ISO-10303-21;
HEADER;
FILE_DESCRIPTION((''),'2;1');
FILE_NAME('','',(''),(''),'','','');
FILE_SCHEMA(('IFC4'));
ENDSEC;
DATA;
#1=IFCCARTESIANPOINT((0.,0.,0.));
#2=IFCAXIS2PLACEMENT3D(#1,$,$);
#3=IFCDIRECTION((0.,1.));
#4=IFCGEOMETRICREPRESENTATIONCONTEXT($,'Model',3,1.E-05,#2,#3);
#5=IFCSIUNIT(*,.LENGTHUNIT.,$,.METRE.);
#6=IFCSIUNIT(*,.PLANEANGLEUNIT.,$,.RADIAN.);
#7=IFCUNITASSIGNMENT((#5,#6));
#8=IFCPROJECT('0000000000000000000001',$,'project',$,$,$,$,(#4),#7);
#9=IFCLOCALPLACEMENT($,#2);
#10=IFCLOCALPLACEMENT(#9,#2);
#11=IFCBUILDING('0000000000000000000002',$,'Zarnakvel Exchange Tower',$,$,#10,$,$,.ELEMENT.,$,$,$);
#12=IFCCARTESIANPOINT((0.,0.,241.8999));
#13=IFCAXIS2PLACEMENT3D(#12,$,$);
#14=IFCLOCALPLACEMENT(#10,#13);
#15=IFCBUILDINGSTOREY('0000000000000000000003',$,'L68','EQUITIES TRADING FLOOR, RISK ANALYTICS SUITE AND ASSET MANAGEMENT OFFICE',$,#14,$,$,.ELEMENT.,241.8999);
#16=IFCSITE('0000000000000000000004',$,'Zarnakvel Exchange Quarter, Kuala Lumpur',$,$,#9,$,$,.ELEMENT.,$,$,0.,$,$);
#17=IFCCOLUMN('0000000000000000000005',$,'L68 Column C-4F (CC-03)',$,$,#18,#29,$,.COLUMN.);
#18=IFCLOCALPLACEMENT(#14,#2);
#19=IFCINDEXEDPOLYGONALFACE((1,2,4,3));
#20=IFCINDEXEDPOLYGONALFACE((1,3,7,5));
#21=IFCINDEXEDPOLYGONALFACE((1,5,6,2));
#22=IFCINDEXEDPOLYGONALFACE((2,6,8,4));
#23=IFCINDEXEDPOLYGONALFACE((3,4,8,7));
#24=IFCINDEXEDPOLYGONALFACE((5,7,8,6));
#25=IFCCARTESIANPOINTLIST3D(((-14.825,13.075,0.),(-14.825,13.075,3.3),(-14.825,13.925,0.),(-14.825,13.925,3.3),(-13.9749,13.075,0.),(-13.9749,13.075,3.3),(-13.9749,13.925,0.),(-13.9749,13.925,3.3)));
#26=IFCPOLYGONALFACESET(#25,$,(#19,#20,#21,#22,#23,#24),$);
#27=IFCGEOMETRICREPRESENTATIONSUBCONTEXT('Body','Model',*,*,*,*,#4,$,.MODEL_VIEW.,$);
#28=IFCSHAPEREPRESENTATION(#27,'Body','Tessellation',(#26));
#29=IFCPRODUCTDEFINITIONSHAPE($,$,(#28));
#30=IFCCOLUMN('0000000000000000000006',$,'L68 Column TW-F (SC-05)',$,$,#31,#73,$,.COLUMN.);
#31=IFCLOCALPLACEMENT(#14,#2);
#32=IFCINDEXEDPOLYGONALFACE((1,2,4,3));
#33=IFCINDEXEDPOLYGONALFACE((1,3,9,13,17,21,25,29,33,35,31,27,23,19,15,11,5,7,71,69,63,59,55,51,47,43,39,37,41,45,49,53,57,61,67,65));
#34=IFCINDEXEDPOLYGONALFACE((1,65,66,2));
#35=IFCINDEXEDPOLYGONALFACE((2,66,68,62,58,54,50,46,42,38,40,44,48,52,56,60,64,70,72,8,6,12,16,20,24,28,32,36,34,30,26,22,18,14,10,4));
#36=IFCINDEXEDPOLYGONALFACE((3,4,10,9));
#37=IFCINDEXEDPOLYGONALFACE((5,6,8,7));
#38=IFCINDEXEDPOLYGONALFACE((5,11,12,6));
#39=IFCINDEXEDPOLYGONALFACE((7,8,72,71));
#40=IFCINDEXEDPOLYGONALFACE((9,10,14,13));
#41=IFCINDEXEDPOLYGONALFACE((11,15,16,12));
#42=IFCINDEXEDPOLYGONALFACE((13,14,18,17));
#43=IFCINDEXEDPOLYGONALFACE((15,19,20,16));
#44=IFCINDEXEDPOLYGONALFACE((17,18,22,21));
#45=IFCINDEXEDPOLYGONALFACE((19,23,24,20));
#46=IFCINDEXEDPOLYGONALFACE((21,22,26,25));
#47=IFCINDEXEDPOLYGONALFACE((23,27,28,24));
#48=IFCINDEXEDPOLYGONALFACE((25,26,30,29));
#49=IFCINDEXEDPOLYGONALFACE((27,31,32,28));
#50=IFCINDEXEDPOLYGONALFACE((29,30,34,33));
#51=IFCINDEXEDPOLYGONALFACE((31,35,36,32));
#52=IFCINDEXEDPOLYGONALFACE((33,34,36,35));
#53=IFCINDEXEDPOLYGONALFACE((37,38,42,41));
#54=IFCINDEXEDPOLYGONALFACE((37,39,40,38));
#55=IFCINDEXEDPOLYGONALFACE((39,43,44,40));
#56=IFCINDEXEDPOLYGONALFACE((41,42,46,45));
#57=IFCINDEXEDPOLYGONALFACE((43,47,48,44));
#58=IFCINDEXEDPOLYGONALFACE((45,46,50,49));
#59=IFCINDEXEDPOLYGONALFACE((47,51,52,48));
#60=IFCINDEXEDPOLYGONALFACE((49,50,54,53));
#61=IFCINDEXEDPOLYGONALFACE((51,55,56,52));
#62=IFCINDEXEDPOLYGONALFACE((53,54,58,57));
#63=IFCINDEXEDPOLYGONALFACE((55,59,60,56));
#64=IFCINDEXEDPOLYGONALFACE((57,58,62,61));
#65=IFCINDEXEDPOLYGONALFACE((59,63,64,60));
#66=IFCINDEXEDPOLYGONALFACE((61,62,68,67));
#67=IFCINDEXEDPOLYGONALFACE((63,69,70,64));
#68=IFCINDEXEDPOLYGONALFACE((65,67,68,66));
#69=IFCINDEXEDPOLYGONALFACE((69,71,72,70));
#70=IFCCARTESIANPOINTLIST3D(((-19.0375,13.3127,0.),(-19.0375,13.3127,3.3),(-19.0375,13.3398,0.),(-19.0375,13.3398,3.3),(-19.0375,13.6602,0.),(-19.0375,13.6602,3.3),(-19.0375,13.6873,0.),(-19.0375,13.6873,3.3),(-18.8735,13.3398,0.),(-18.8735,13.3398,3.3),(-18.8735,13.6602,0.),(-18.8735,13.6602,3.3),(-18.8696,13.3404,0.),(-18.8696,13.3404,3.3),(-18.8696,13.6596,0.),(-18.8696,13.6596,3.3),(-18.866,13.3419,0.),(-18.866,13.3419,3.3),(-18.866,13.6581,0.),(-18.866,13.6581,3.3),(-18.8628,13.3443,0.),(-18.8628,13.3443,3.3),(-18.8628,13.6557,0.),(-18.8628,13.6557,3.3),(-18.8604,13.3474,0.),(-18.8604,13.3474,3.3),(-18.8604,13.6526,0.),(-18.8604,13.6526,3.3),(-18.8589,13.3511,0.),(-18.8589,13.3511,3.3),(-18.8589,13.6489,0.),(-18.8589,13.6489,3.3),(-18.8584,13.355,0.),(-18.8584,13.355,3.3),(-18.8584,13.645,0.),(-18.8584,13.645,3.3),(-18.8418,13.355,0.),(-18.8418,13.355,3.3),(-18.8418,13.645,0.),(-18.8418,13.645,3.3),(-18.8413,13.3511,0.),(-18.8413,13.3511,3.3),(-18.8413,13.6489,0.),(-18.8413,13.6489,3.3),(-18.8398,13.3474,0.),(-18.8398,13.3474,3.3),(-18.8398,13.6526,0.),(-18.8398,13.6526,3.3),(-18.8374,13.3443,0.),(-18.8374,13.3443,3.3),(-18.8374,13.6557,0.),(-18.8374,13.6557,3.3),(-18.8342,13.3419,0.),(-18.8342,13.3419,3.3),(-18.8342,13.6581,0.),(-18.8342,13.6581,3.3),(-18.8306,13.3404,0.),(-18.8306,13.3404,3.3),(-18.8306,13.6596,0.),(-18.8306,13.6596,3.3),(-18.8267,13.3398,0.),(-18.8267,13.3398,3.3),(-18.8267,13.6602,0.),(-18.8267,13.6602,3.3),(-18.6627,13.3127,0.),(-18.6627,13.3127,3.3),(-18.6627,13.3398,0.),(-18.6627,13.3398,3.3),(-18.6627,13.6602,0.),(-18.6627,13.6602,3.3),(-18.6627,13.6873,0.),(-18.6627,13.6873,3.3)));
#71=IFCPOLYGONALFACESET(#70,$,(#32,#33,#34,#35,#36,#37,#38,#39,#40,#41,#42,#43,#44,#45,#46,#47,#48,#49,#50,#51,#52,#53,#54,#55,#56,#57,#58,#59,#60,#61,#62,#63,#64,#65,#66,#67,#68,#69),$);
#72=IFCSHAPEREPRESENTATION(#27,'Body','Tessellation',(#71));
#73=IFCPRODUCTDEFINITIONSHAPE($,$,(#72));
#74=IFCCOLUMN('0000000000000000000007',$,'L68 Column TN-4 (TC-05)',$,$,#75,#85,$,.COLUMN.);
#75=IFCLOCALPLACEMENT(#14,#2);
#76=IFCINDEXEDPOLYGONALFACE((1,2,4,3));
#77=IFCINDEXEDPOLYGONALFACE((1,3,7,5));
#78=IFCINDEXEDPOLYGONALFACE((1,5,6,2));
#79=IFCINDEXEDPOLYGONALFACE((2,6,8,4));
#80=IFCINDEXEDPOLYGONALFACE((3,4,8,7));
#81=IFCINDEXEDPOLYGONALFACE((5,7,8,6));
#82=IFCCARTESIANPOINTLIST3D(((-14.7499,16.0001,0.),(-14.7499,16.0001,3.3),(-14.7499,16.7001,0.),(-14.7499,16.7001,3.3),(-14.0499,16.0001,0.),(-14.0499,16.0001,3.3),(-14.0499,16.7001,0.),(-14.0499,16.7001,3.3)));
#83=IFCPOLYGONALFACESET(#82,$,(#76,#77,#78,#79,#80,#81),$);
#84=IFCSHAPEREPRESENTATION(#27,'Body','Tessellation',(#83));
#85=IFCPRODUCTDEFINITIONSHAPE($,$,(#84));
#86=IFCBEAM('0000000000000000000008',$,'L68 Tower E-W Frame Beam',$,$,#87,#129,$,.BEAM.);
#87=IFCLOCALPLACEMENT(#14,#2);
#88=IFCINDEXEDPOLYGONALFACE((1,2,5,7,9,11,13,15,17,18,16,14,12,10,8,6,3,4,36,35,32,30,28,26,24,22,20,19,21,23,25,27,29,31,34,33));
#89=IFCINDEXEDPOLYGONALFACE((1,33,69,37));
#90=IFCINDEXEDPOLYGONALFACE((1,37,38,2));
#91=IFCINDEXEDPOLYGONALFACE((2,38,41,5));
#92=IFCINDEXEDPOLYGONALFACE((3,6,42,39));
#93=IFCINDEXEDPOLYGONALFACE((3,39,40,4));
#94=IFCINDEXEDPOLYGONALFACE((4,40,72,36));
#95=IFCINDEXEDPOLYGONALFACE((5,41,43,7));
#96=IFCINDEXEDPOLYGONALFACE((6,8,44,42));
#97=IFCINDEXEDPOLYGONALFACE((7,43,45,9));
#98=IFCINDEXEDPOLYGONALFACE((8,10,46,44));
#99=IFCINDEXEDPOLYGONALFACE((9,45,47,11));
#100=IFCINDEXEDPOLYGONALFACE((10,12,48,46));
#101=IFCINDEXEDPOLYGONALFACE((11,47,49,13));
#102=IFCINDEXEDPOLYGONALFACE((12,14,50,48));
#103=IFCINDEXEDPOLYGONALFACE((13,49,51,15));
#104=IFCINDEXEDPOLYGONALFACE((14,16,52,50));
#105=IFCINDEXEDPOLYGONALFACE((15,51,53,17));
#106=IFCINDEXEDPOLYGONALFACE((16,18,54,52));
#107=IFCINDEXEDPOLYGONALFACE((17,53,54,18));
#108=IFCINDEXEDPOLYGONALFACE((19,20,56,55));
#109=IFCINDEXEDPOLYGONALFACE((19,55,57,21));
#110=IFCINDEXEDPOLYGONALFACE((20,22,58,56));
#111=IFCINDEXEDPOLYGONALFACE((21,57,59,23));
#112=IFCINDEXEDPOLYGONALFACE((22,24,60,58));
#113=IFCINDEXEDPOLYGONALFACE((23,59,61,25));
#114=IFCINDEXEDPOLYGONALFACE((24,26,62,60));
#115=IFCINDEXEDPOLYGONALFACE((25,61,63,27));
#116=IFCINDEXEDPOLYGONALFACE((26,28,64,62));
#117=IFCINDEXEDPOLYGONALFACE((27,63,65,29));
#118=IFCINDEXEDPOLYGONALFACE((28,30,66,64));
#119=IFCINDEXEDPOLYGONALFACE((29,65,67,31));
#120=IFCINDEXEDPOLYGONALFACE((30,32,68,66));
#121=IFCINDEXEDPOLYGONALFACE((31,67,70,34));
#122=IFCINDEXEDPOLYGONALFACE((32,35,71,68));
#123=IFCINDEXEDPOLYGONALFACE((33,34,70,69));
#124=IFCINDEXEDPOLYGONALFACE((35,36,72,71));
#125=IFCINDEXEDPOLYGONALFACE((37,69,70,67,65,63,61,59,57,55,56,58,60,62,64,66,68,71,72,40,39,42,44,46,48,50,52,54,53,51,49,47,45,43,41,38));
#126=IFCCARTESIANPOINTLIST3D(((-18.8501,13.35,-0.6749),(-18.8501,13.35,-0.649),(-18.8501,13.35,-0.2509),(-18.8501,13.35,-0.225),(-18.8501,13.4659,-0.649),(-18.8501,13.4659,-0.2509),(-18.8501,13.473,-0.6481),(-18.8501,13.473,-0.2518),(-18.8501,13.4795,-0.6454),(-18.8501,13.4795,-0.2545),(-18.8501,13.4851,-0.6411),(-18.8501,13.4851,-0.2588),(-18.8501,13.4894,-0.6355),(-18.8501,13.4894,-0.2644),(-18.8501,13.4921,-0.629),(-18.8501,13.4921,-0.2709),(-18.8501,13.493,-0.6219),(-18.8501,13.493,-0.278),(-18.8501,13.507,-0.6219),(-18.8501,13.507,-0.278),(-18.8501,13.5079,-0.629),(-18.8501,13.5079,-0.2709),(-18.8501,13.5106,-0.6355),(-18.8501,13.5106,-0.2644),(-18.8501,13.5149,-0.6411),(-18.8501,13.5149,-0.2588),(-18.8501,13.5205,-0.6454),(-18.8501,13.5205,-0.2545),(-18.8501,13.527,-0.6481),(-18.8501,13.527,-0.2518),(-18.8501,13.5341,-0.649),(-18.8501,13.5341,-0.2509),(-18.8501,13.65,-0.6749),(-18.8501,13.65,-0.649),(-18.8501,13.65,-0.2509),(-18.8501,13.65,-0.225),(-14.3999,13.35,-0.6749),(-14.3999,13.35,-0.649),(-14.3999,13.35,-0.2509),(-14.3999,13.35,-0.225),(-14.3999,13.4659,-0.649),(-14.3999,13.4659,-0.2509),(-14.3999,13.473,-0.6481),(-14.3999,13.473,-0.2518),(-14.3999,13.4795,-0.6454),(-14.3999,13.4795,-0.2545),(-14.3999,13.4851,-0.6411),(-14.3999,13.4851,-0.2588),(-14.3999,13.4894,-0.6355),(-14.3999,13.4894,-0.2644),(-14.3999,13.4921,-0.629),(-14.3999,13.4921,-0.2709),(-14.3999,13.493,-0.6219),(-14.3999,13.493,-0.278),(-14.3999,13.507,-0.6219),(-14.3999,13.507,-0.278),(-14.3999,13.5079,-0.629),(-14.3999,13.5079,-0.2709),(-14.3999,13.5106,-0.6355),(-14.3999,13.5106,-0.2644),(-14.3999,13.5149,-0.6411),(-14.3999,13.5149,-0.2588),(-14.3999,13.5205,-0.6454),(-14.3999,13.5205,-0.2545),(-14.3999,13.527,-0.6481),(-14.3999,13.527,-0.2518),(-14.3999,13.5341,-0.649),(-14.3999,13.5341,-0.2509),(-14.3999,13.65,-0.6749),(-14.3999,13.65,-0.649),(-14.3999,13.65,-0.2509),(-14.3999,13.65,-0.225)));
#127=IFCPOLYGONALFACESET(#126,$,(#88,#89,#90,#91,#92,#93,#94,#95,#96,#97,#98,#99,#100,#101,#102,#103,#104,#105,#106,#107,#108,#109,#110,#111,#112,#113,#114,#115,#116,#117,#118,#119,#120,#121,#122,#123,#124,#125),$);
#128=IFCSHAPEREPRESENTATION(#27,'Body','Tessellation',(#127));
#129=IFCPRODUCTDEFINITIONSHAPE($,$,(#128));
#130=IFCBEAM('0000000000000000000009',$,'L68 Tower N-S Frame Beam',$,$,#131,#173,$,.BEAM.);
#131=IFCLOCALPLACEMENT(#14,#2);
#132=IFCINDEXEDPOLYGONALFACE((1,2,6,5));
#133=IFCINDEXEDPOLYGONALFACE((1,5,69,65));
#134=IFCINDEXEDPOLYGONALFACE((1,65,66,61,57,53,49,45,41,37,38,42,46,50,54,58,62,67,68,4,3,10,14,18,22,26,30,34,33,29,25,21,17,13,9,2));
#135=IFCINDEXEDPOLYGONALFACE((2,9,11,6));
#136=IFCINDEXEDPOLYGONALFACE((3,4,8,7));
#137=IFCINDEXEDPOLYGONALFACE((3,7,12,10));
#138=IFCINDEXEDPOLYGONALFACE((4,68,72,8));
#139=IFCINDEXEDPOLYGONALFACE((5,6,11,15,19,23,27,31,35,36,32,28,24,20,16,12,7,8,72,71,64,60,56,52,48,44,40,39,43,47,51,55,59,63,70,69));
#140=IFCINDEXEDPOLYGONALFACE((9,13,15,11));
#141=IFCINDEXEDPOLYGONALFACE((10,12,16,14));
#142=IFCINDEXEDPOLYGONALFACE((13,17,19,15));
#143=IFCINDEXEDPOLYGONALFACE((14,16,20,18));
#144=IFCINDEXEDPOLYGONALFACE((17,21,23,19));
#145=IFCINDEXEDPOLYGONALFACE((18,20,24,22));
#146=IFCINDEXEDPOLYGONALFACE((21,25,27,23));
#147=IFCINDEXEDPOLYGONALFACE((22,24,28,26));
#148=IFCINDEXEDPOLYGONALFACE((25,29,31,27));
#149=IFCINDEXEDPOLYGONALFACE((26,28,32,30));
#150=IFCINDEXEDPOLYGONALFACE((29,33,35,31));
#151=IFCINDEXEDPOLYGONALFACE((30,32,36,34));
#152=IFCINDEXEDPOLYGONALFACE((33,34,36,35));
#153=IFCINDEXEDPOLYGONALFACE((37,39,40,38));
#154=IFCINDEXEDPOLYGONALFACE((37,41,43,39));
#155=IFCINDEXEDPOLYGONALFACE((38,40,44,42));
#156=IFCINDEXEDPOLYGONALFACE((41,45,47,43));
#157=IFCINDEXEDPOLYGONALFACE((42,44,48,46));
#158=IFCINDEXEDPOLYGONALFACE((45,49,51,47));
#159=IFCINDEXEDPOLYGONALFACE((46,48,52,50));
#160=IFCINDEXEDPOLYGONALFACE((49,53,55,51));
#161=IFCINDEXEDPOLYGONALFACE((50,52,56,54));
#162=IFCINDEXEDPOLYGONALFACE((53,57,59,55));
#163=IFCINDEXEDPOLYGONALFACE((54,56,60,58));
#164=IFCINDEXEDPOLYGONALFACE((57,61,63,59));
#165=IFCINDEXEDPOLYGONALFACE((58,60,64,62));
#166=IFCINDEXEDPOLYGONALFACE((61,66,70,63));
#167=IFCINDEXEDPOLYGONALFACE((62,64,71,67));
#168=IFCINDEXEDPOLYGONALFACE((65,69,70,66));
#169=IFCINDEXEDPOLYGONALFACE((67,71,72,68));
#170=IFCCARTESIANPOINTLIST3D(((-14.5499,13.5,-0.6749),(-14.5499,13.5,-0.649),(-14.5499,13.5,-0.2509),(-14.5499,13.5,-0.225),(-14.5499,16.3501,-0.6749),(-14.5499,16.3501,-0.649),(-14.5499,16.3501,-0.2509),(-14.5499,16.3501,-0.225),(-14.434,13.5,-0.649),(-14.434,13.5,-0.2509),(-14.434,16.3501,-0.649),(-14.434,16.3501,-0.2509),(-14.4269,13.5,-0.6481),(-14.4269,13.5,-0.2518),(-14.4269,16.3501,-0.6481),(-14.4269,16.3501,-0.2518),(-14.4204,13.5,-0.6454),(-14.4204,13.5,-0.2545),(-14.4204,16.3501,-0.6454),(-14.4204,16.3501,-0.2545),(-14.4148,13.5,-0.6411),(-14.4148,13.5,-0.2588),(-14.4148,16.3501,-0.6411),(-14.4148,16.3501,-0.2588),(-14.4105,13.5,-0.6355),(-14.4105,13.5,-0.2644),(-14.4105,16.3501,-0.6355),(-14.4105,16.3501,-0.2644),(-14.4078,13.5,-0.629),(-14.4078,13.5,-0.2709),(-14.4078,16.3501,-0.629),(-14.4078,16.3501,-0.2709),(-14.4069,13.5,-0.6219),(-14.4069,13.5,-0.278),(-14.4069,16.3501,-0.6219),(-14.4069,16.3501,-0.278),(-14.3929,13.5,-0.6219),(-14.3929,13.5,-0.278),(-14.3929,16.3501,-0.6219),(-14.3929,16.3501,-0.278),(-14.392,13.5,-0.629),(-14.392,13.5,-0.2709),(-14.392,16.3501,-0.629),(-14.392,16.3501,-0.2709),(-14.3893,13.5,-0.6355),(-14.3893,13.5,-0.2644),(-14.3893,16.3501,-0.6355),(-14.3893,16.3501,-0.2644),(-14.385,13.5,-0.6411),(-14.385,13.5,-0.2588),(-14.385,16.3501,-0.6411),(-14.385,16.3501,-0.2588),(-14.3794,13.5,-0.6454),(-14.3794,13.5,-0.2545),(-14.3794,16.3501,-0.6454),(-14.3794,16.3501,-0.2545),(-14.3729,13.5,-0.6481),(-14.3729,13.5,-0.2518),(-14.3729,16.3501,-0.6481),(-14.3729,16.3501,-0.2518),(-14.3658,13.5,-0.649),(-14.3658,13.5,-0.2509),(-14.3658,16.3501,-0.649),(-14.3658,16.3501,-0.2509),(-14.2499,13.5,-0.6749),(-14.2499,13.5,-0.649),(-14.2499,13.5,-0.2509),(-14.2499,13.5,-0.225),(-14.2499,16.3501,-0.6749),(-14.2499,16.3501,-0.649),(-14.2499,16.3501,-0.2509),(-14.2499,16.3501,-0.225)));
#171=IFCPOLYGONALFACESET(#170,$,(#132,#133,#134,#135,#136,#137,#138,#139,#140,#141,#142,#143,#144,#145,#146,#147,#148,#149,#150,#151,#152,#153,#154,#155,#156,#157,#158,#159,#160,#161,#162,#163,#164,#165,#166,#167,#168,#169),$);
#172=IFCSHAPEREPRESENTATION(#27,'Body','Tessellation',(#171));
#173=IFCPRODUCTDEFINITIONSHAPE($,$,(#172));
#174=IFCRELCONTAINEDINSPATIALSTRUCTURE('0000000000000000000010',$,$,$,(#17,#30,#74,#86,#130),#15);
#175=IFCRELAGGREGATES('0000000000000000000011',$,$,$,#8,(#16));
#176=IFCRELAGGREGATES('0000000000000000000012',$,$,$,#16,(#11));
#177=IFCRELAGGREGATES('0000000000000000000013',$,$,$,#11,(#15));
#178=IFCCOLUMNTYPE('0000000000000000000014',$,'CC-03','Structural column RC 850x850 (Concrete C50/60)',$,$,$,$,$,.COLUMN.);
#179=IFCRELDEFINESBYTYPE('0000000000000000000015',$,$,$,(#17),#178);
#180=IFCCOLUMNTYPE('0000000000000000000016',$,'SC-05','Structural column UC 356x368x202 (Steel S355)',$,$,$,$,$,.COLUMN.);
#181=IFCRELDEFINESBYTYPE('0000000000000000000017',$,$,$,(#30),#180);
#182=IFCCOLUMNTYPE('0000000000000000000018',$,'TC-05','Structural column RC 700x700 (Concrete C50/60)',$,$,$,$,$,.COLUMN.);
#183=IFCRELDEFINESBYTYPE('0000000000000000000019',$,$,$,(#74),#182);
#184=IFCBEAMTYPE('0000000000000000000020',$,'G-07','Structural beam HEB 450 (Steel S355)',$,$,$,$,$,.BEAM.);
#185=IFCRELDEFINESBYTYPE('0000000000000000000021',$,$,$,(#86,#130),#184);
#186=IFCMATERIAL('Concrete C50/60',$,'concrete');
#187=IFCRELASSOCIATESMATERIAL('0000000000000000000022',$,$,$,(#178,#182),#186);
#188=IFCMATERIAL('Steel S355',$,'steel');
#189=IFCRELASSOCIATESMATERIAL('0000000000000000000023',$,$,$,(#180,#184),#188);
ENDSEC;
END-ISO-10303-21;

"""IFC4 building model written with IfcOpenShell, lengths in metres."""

from ifc_helpers import new_model, si_unit, direction, frame, origin, origin_2d, place, context, subcontext, project, spatial, rectangle, i_section, extrude, material, material_profile, profile_set, type_object, element, save


model = new_model("IFC4")

# Units and contexts
model_context = context("Model", 3, precision=1e-05, world=origin(), true_north=direction((0.0, 1.0)))
body_context = subcontext(model_context, "Body", "Model", "MODEL_VIEW")
ifc_project = project(units=[si_unit("LENGTHUNIT", "METRE"), si_unit("PLANEANGLEUNIT", "RADIAN")], contexts=[model_context])

# Site, building, storey
site_placement = place(None, origin())
site = spatial("IfcSite", under=ifc_project, at=site_placement, Name="Zarnakvel Exchange Quarter, Kuala Lumpur", CompositionType="ELEMENT", RefElevation=0.0)
building_placement = place(site_placement, origin())
building = spatial("IfcBuilding", under=site, at=building_placement, Name="Zarnakvel Exchange Tower", CompositionType="ELEMENT")
storey_placement = place(building_placement, frame((0.0, 0.0, 241.8999)))
storey = spatial("IfcBuildingStorey", under=building, at=storey_placement, Name="L68", Description="EQUITIES TRADING FLOOR, RISK ANALYTICS SUITE AND ASSET MANAGEMENT OFFICE", CompositionType="ELEMENT", Elevation=241.8999)

# Columns
ifc_material_1 = material(Name="Concrete C50/60", Category="concrete")
ifc_material_profile_1 = material_profile(ifc_material_1, rectangle(XDim=0.8501, YDim=0.8501, at=origin_2d()))
ifc_profile_set_1 = profile_set([ifc_material_profile_1], Name="Concrete C50/60")
column_type_1 = type_object("IfcColumnType", Name="CC-03", Description="Structural column RC 850x850 (Concrete C50/60)", PredefinedType="COLUMN", material=ifc_profile_set_1)
column_1_placement = place(storey_placement, frame((-14.3999, 13.5, 0.0), z_axis=(0.0, 0.0, 1.0), x_axis=(1.0, 0.0, 0.0)))
element("IfcColumn", 1, at=column_1_placement, inside=storey, type_object=column_type_1, Name="L68 Column C-4F (CC-03)", PredefinedType="COLUMN", context=body_context, shape_type="SweptSolid", body=[
    extrude(rectangle(XDim=0.8501, YDim=0.8501, at=origin_2d()), origin(), (0.0, 0.0, 1.0), 3.3),
])
ifc_material_2 = material(Name="Steel S355", Category="steel")
ifc_material_profile_2 = material_profile(ifc_material_2, i_section(OverallWidth=0.3748, OverallDepth=0.3745, WebThickness=0.0166, FlangeThickness=0.0271, FilletRadius=0.0151, at=origin_2d()))
ifc_profile_set_2 = profile_set([ifc_material_profile_2], Name="Steel S355")
column_type_2 = type_object("IfcColumnType", Name="SC-05", Description="Structural column UC 356x368x202 (Steel S355)", PredefinedType="COLUMN", material=ifc_profile_set_2)
column_2_placement = place(storey_placement, frame((-18.8501, 13.5, 0.0), z_axis=(0.0, 0.0, 1.0), x_axis=(1.0, 0.0, 0.0)))
element("IfcColumn", 2, at=column_2_placement, inside=storey, type_object=column_type_2, Name="L68 Column TW-F (SC-05)", PredefinedType="COLUMN", context=body_context, shape_type="SweptSolid", body=[
    extrude(i_section(OverallWidth=0.3748, OverallDepth=0.3745, WebThickness=0.0166, FlangeThickness=0.0271, FilletRadius=0.0151, at=origin_2d()), origin(), (0.0, 0.0, 1.0), 3.3),
])
ifc_material_profile_3 = material_profile(ifc_material_1, rectangle(XDim=0.7, YDim=0.7, at=origin_2d()))
ifc_profile_set_3 = profile_set([ifc_material_profile_3], Name="Concrete C50/60")
column_type_3 = type_object("IfcColumnType", Name="TC-05", Description="Structural column RC 700x700 (Concrete C50/60)", PredefinedType="COLUMN", material=ifc_profile_set_3)
column_3_placement = place(storey_placement, frame((-14.3999, 16.3501, 0.0), z_axis=(0.0, 0.0, 1.0), x_axis=(1.0, 0.0, 0.0)))
element("IfcColumn", 3, at=column_3_placement, inside=storey, type_object=column_type_3, Name="L68 Column TN-4 (TC-05)", PredefinedType="COLUMN", context=body_context, shape_type="SweptSolid", body=[
    extrude(rectangle(XDim=0.7, YDim=0.7, at=origin_2d()), origin(), (0.0, 0.0, 1.0), 3.3),
])

# Beams
ifc_material_profile_4 = material_profile(ifc_material_2, i_section(OverallWidth=0.3, OverallDepth=0.45, WebThickness=0.0139, FlangeThickness=0.0259, FilletRadius=0.0271, at=origin_2d()))
ifc_profile_set_4 = profile_set([ifc_material_profile_4], Name="Steel S355")
beam_type_1 = type_object("IfcBeamType", Name="G-07", Description="Structural beam HEB 450 (Steel S355)", PredefinedType="BEAM", material=ifc_profile_set_4)
beam_1_placement = place(storey_placement, frame((-18.8501, 13.5, -0.45), z_axis=(1.0, 0.0, 0.0), x_axis=(0.0, 1.0, 0.0)))
element("IfcBeam", 4, at=beam_1_placement, inside=storey, type_object=beam_type_1, Name="L68 Tower E-W Frame Beam", PredefinedType="BEAM", context=body_context, shape_type="SweptSolid", body=[
    extrude(i_section(OverallWidth=0.3, OverallDepth=0.45, WebThickness=0.0139, FlangeThickness=0.0259, FilletRadius=0.0271, at=origin_2d()), origin(), (0.0, 0.0, 1.0), 4.4502),
])
beam_2_placement = place(storey_placement, frame((-14.3999, 13.5, -0.45), z_axis=(0.0, 1.0, 0.0), x_axis=(-1.0, 0.0, 0.0)))
element("IfcBeam", 5, at=beam_2_placement, inside=storey, type_object=beam_type_1, Name="L68 Tower N-S Frame Beam", PredefinedType="BEAM", context=body_context, shape_type="SweptSolid", body=[
    extrude(i_section(OverallWidth=0.3, OverallDepth=0.45, WebThickness=0.0139, FlangeThickness=0.0259, FilletRadius=0.0271, at=origin_2d()), origin(), (0.0, 0.0, 1.0), 2.8501),
])

save(model, "model.ifc")
